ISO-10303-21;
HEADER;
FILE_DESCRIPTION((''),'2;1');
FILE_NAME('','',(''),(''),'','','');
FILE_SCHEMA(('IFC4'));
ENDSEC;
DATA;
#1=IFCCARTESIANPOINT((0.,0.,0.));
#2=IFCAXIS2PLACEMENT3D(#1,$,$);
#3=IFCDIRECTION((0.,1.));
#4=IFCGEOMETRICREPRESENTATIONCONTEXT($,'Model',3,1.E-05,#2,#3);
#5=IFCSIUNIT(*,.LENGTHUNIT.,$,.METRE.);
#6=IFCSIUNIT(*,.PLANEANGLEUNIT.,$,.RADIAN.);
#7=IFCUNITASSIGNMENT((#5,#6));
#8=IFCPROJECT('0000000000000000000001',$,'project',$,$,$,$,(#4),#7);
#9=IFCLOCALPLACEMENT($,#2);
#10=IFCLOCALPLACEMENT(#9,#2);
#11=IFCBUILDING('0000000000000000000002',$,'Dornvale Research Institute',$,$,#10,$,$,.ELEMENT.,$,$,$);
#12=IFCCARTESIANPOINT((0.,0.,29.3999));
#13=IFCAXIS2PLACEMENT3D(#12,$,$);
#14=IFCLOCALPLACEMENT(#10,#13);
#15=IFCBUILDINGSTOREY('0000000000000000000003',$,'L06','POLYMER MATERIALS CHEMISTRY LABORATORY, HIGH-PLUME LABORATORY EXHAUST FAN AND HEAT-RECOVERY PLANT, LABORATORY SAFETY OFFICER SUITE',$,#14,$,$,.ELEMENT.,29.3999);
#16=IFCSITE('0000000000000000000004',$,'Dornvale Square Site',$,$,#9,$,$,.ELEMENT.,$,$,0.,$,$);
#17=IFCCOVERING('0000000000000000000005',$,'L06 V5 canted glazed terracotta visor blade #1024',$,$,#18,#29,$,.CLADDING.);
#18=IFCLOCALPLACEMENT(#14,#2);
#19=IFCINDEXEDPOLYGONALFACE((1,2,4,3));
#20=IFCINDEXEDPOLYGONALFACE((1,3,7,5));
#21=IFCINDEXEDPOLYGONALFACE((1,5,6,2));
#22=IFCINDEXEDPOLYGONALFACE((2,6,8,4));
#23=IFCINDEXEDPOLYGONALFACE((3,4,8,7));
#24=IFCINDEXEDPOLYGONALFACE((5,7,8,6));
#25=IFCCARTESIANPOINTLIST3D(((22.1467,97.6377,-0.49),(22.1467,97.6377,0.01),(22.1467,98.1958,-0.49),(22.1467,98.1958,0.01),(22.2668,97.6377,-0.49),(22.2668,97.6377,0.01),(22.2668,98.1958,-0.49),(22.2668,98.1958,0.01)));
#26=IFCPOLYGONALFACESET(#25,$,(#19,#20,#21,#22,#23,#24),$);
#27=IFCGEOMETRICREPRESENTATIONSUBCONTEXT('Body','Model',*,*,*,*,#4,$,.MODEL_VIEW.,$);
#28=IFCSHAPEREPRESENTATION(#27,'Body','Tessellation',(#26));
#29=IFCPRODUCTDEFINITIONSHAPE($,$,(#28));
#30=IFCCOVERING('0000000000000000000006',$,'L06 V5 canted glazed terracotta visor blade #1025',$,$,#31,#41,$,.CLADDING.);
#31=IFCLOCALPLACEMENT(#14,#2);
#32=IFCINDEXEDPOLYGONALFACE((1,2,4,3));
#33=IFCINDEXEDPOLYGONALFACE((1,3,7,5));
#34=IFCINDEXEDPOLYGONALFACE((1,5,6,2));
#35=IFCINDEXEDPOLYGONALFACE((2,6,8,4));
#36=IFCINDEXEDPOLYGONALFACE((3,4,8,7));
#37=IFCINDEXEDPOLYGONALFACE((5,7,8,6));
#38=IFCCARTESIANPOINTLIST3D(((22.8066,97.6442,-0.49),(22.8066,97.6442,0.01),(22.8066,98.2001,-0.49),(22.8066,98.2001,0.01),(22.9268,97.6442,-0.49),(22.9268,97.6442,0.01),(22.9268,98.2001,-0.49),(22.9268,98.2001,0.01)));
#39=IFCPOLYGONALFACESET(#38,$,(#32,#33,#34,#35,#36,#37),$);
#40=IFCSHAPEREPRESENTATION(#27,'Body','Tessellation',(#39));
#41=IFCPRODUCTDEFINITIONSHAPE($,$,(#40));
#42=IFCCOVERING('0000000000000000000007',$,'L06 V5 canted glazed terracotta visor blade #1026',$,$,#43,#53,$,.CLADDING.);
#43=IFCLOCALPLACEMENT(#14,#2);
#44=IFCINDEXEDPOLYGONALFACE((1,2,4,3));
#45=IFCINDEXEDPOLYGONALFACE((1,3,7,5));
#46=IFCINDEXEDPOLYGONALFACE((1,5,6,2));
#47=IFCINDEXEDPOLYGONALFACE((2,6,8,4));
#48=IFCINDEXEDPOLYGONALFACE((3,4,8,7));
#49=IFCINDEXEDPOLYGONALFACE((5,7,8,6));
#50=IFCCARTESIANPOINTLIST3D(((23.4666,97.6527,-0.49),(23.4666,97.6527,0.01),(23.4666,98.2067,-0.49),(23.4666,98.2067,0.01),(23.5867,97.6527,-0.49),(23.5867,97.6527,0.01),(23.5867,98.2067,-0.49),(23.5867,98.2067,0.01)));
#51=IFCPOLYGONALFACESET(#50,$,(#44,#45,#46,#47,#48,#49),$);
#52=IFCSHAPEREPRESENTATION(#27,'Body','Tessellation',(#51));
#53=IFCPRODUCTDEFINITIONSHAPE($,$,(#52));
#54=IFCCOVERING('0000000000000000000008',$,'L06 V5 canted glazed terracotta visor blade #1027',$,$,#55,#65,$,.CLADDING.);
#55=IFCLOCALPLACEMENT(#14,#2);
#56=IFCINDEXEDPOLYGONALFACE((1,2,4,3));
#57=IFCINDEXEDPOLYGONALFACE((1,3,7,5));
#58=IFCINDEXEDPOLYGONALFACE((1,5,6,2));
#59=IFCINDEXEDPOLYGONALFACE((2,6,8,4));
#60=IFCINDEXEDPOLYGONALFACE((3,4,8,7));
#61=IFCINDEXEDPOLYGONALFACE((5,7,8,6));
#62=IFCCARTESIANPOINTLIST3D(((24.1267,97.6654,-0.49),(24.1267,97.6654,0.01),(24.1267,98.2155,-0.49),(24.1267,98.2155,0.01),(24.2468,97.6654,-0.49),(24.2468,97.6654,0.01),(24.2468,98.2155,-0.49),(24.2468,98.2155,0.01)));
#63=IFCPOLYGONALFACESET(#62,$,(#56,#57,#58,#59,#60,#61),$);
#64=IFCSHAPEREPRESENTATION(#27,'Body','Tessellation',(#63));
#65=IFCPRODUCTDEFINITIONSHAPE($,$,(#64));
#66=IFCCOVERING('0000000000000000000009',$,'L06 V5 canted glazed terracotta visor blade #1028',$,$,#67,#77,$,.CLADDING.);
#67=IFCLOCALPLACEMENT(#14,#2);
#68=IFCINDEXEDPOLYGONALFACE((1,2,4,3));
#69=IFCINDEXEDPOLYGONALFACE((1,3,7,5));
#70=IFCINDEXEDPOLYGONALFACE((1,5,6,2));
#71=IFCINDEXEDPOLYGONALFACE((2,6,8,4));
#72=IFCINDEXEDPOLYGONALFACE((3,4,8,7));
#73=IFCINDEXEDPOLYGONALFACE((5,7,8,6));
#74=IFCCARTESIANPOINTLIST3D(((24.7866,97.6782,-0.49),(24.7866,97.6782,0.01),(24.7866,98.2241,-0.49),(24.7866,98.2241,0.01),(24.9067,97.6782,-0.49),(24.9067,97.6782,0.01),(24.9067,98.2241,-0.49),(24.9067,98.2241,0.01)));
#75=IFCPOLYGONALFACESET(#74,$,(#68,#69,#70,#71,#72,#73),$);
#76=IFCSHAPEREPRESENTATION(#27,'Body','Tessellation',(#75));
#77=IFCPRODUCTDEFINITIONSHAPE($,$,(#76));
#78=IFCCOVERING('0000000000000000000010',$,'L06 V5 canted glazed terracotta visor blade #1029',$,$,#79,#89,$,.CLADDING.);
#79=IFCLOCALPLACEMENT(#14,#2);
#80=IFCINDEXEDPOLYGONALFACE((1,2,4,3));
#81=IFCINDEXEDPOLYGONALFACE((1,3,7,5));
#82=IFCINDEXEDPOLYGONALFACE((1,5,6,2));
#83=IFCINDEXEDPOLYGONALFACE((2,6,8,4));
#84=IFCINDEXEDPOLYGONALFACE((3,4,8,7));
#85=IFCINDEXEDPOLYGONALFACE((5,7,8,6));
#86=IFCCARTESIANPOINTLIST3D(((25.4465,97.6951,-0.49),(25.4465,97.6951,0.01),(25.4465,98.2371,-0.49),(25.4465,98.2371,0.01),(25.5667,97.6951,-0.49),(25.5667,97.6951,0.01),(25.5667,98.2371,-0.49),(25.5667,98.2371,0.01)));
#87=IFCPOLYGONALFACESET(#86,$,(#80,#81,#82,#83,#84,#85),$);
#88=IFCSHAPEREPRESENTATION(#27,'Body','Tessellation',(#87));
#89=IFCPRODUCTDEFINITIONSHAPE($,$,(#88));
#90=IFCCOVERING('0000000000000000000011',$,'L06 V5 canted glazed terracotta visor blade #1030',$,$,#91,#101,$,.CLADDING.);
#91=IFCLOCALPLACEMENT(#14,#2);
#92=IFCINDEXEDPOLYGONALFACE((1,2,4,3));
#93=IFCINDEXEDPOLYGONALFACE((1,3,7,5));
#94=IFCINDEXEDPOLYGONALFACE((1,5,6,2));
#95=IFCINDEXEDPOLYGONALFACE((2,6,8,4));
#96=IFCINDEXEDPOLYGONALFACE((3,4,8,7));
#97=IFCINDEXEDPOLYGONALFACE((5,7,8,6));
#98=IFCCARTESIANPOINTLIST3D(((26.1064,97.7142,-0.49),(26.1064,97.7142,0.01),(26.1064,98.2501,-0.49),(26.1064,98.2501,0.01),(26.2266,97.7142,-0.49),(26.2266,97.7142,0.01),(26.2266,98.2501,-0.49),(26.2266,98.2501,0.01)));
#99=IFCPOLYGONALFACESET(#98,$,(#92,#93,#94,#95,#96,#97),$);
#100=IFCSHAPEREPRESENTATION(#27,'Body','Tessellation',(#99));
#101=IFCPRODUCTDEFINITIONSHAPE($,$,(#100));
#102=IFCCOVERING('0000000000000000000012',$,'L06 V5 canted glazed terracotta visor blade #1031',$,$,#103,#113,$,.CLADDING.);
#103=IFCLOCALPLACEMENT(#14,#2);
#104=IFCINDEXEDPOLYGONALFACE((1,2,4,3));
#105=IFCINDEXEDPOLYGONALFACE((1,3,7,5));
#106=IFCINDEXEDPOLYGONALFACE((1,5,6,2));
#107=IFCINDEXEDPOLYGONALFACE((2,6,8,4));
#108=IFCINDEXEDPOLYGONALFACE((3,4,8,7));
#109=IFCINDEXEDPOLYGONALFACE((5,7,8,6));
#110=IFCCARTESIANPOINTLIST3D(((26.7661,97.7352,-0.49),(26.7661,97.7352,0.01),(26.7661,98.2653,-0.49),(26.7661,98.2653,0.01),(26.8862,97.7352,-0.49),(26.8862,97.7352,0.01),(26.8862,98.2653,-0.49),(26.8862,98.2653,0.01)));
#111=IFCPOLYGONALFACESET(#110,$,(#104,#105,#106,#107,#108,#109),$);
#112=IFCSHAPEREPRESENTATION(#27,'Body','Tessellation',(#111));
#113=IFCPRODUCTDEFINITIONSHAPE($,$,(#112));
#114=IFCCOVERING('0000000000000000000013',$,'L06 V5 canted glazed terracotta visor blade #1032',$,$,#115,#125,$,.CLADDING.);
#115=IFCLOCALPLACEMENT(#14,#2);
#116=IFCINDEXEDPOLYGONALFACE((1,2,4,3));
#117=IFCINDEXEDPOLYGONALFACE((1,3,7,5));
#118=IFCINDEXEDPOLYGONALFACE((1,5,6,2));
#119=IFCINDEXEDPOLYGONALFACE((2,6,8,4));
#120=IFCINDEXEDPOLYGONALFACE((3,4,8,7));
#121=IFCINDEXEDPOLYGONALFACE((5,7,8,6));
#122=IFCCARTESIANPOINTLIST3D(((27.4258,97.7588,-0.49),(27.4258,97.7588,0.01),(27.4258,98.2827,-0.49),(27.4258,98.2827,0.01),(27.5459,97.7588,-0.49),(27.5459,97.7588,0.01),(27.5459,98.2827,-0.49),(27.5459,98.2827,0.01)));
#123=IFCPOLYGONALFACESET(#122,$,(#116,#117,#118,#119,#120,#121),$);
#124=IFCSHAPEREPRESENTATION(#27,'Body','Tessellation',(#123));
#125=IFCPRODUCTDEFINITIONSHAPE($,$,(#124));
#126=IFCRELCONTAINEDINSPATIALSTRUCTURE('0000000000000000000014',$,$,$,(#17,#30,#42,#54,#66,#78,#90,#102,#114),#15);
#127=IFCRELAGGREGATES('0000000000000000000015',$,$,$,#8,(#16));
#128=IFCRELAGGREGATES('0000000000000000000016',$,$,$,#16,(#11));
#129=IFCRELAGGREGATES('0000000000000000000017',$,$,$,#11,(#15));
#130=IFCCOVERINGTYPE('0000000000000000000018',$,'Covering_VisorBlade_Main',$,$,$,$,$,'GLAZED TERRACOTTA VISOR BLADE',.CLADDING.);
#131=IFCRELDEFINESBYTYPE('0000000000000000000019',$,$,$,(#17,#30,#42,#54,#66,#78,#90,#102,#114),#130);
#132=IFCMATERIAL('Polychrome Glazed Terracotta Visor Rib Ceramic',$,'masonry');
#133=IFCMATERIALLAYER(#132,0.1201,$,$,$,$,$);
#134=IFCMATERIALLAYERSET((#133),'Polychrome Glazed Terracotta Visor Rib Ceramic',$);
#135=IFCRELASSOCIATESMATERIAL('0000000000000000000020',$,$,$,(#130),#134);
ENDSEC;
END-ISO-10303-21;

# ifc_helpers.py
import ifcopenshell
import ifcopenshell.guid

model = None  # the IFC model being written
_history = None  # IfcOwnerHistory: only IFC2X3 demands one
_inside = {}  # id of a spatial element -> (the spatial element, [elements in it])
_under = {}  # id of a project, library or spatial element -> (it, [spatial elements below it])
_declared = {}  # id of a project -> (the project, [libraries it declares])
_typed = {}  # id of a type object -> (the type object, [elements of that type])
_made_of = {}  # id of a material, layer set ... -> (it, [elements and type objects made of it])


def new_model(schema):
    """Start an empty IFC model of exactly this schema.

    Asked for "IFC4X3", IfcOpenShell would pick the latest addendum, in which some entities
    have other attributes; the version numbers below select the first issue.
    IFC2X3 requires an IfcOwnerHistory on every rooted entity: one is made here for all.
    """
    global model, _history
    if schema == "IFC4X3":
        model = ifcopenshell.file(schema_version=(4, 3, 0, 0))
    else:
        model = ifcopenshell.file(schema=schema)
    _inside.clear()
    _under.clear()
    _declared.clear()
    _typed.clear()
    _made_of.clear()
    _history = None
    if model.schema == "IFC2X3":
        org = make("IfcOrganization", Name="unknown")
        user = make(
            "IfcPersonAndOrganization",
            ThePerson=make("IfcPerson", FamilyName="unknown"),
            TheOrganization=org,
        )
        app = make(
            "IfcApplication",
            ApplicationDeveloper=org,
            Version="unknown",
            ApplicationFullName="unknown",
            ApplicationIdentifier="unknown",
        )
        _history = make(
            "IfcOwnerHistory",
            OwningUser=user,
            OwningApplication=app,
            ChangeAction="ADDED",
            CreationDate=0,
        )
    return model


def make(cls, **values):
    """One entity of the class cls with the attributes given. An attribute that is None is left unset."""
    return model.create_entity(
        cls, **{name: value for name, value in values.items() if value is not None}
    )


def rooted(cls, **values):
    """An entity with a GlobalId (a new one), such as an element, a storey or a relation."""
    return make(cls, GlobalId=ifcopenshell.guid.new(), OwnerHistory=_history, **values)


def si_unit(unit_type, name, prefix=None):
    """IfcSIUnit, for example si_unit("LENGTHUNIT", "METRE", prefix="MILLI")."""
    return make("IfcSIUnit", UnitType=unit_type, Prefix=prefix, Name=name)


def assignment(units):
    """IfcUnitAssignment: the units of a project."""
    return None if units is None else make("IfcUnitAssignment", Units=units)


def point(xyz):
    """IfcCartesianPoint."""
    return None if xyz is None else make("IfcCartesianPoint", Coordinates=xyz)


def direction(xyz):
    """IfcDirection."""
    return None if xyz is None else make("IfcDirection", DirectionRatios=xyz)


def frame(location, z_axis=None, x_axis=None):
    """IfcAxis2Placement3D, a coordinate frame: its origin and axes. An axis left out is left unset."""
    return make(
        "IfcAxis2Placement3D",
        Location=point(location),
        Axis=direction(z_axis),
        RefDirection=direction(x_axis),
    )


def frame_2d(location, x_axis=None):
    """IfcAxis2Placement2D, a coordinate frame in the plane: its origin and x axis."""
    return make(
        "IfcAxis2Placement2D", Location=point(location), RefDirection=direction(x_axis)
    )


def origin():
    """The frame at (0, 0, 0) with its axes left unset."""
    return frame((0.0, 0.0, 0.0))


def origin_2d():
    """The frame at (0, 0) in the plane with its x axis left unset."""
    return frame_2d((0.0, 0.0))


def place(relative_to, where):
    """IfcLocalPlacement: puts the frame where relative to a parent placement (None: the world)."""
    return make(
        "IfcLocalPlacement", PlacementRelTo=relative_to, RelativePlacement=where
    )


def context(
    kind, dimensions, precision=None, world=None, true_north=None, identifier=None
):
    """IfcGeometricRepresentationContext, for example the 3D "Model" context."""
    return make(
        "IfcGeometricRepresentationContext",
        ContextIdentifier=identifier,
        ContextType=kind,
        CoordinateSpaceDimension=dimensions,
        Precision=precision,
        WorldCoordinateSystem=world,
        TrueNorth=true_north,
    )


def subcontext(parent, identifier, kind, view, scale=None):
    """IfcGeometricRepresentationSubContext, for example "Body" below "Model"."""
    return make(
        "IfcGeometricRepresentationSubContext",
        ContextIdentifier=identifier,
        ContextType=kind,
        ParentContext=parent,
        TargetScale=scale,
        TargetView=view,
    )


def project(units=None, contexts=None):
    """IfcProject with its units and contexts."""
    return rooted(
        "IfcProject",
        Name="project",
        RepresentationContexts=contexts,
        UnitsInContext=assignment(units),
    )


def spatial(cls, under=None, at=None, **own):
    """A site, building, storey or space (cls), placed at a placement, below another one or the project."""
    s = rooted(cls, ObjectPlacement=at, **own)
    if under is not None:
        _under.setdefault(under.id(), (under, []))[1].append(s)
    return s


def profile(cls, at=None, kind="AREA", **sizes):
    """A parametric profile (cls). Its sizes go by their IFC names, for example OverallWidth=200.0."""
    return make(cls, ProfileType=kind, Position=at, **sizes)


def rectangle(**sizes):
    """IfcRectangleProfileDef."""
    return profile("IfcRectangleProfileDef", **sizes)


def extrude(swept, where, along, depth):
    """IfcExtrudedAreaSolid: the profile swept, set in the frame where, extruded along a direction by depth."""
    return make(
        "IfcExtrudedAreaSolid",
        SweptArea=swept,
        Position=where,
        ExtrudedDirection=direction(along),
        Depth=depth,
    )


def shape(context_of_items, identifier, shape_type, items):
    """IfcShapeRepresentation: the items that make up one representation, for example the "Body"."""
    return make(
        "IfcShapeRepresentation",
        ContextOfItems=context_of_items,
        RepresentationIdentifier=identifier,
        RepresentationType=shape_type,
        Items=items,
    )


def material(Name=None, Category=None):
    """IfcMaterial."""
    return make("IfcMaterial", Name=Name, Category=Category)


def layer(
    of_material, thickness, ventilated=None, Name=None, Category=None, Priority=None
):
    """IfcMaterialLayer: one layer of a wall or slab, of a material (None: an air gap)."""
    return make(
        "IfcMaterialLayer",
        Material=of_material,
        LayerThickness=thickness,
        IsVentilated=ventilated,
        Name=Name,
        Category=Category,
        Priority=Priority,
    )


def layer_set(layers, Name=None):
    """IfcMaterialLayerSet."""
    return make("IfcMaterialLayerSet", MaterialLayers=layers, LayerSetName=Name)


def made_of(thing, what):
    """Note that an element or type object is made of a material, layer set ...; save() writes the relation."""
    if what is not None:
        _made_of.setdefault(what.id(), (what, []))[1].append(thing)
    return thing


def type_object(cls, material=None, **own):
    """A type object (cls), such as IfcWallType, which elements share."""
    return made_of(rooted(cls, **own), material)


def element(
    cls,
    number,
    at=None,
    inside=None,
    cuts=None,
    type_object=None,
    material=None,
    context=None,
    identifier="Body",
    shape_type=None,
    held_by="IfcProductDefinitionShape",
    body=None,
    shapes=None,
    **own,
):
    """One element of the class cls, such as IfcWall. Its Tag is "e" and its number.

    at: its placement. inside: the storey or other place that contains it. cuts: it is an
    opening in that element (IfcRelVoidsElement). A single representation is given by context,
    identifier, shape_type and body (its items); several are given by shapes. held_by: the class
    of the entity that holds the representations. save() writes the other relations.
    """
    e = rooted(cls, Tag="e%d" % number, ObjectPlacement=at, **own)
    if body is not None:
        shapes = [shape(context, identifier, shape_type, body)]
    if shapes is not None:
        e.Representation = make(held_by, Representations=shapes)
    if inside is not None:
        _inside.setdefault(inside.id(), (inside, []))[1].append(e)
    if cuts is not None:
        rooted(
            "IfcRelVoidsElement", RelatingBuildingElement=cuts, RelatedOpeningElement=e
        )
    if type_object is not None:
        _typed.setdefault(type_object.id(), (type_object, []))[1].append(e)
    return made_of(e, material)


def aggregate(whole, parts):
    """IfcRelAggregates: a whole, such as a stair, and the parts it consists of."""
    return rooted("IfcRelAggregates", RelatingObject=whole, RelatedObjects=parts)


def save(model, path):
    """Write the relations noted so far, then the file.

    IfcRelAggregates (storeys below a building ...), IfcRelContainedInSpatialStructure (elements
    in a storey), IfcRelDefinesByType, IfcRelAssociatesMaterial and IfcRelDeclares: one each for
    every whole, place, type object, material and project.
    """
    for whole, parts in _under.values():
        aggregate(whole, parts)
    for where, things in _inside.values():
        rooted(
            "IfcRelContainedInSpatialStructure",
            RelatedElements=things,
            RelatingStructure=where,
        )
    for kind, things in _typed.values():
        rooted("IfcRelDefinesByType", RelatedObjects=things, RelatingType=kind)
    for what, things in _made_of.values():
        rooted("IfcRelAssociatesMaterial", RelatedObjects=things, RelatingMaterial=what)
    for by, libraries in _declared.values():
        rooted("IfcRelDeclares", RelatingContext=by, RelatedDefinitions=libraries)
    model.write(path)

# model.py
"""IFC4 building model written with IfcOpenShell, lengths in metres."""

from ifc_helpers import new_model, si_unit, direction, frame, origin, origin_2d, place, context, subcontext, project, spatial, rectangle, extrude, material, layer, layer_set, type_object, element, save


model = new_model("IFC4")

# Units and contexts
model_context = context("Model", 3, precision=1e-05, world=origin(), true_north=direction((0.0, 1.0)))
body_context = subcontext(model_context, "Body", "Model", "MODEL_VIEW")
ifc_project = project(units=[si_unit("LENGTHUNIT", "METRE"), si_unit("PLANEANGLEUNIT", "RADIAN")], contexts=[model_context])

# Site, building, storey
site_placement = place(None, origin())
site = spatial("IfcSite", under=ifc_project, at=site_placement, Name="Dornvale Square Site", CompositionType="ELEMENT", RefElevation=0.0)
building_placement = place(site_placement, origin())
building = spatial("IfcBuilding", under=site, at=building_placement, Name="Dornvale Research Institute", CompositionType="ELEMENT")
storey_placement = place(building_placement, frame((0.0, 0.0, 29.3999)))
storey = spatial("IfcBuildingStorey", under=building, at=storey_placement, Name="L06", Description="POLYMER MATERIALS CHEMISTRY LABORATORY, HIGH-PLUME LABORATORY EXHAUST FAN AND HEAT-RECOVERY PLANT, LABORATORY SAFETY OFFICER SUITE", CompositionType="ELEMENT", Elevation=29.3999)

# Coverings
ifc_material_1 = material(Name="Polychrome Glazed Terracotta Visor Rib Ceramic", Category="masonry")
ifc_layer_1 = layer(ifc_material_1, 0.1201)
ifc_layer_set_1 = layer_set([ifc_layer_1], Name="Polychrome Glazed Terracotta Visor Rib Ceramic")
covering_type_1 = type_object("IfcCoveringType", Name="Covering_VisorBlade_Main", ElementType="GLAZED TERRACOTTA VISOR BLADE", PredefinedType="CLADDING", material=ifc_layer_set_1)
covering_1_placement = place(storey_placement, frame((22.2068, 97.9167, -0.49), z_axis=(0.0, 0.0, 1.0), x_axis=(0.0, 1.0, 0.0)))
element("IfcCovering", 1, at=covering_1_placement, inside=storey, type_object=covering_type_1, Name="L06 V5 canted glazed terracotta visor blade #1024", PredefinedType="CLADDING", context=body_context, shape_type="SweptSolid", body=[
    extrude(rectangle(XDim=0.5581, YDim=0.1201, at=origin_2d()), origin(), (0.0, 0.0, 1.0), 0.5),
])
covering_2_placement = place(storey_placement, frame((22.8667, 97.9221, -0.49), z_axis=(0.0, 0.0, 1.0), x_axis=(0.0, 1.0, 0.0)))
element("IfcCovering", 2, at=covering_2_placement, inside=storey, type_object=covering_type_1, Name="L06 V5 canted glazed terracotta visor blade #1025", PredefinedType="CLADDING", context=body_context, shape_type="SweptSolid", body=[
    extrude(rectangle(XDim=0.5559, YDim=0.1201, at=origin_2d()), origin(), (0.0, 0.0, 1.0), 0.5),
])
covering_3_placement = place(storey_placement, frame((23.5266, 97.9297, -0.49), z_axis=(0.0, 0.0, 1.0), x_axis=(0.0, 1.0, 0.0)))
element("IfcCovering", 3, at=covering_3_placement, inside=storey, type_object=covering_type_1, Name="L06 V5 canted glazed terracotta visor blade #1026", PredefinedType="CLADDING", context=body_context, shape_type="SweptSolid", body=[
    extrude(rectangle(XDim=0.554, YDim=0.1201, at=origin_2d()), origin(), (0.0, 0.0, 1.0), 0.5),
])
covering_4_placement = place(storey_placement, frame((24.1868, 97.9404, -0.49), z_axis=(0.0, 0.0, 1.0), x_axis=(0.0, 1.0, 0.0)))
element("IfcCovering", 4, at=covering_4_placement, inside=storey, type_object=covering_type_1, Name="L06 V5 canted glazed terracotta visor blade #1027", PredefinedType="CLADDING", context=body_context, shape_type="SweptSolid", body=[
    extrude(rectangle(XDim=0.55, YDim=0.1201, at=origin_2d()), origin(), (0.0, 0.0, 1.0), 0.5),
])
covering_5_placement = place(storey_placement, frame((24.8467, 97.9512, -0.49), z_axis=(0.0, 0.0, 1.0), x_axis=(0.0, 1.0, 0.0)))
element("IfcCovering", 5, at=covering_5_placement, inside=storey, type_object=covering_type_1, Name="L06 V5 canted glazed terracotta visor blade #1028", PredefinedType="CLADDING", context=body_context, shape_type="SweptSolid", body=[
    extrude(rectangle(XDim=0.5459, YDim=0.1201, at=origin_2d()), origin(), (0.0, 0.0, 1.0), 0.5),
])
covering_6_placement = place(storey_placement, frame((25.5066, 97.9661, -0.49), z_axis=(0.0, 0.0, 1.0), x_axis=(0.0, 1.0, 0.0)))
element("IfcCovering", 6, at=covering_6_placement, inside=storey, type_object=covering_type_1, Name="L06 V5 canted glazed terracotta visor blade #1029", PredefinedType="CLADDING", context=body_context, shape_type="SweptSolid", body=[
    extrude(rectangle(XDim=0.542, YDim=0.1201, at=origin_2d()), origin(), (0.0, 0.0, 1.0), 0.5),
])
covering_7_placement = place(storey_placement, frame((26.1665, 97.9822, -0.49), z_axis=(0.0, 0.0, 1.0), x_axis=(0.0, 1.0, 0.0)))
element("IfcCovering", 7, at=covering_7_placement, inside=storey, type_object=covering_type_1, Name="L06 V5 canted glazed terracotta visor blade #1030", PredefinedType="CLADDING", context=body_context, shape_type="SweptSolid", body=[
    extrude(rectangle(XDim=0.5359, YDim=0.1201, at=origin_2d()), origin(), (0.0, 0.0, 1.0), 0.5),
])
covering_8_placement = place(storey_placement, frame((26.8262, 98.0002, -0.49), z_axis=(0.0, 0.0, 1.0), x_axis=(0.0, 1.0, 0.0)))
element("IfcCovering", 8, at=covering_8_placement, inside=storey, type_object=covering_type_1, Name="L06 V5 canted glazed terracotta visor blade #1031", PredefinedType="CLADDING", context=body_context, shape_type="SweptSolid", body=[
    extrude(rectangle(XDim=0.53, YDim=0.1201, at=origin_2d()), origin(), (0.0, 0.0, 1.0), 0.5),
])
covering_9_placement = place(storey_placement, frame((27.4858, 98.0208, -0.49), z_axis=(0.0, 0.0, 1.0), x_axis=(0.0, 1.0, 0.0)))
element("IfcCovering", 9, at=covering_9_placement, inside=storey, type_object=covering_type_1, Name="L06 V5 canted glazed terracotta visor blade #1032", PredefinedType="CLADDING", context=body_context, shape_type="SweptSolid", body=[
    extrude(rectangle(XDim=0.5239, YDim=0.1201, at=origin_2d()), origin(), (0.0, 0.0, 1.0), 0.5),
])

save(model, "model.ifc")
